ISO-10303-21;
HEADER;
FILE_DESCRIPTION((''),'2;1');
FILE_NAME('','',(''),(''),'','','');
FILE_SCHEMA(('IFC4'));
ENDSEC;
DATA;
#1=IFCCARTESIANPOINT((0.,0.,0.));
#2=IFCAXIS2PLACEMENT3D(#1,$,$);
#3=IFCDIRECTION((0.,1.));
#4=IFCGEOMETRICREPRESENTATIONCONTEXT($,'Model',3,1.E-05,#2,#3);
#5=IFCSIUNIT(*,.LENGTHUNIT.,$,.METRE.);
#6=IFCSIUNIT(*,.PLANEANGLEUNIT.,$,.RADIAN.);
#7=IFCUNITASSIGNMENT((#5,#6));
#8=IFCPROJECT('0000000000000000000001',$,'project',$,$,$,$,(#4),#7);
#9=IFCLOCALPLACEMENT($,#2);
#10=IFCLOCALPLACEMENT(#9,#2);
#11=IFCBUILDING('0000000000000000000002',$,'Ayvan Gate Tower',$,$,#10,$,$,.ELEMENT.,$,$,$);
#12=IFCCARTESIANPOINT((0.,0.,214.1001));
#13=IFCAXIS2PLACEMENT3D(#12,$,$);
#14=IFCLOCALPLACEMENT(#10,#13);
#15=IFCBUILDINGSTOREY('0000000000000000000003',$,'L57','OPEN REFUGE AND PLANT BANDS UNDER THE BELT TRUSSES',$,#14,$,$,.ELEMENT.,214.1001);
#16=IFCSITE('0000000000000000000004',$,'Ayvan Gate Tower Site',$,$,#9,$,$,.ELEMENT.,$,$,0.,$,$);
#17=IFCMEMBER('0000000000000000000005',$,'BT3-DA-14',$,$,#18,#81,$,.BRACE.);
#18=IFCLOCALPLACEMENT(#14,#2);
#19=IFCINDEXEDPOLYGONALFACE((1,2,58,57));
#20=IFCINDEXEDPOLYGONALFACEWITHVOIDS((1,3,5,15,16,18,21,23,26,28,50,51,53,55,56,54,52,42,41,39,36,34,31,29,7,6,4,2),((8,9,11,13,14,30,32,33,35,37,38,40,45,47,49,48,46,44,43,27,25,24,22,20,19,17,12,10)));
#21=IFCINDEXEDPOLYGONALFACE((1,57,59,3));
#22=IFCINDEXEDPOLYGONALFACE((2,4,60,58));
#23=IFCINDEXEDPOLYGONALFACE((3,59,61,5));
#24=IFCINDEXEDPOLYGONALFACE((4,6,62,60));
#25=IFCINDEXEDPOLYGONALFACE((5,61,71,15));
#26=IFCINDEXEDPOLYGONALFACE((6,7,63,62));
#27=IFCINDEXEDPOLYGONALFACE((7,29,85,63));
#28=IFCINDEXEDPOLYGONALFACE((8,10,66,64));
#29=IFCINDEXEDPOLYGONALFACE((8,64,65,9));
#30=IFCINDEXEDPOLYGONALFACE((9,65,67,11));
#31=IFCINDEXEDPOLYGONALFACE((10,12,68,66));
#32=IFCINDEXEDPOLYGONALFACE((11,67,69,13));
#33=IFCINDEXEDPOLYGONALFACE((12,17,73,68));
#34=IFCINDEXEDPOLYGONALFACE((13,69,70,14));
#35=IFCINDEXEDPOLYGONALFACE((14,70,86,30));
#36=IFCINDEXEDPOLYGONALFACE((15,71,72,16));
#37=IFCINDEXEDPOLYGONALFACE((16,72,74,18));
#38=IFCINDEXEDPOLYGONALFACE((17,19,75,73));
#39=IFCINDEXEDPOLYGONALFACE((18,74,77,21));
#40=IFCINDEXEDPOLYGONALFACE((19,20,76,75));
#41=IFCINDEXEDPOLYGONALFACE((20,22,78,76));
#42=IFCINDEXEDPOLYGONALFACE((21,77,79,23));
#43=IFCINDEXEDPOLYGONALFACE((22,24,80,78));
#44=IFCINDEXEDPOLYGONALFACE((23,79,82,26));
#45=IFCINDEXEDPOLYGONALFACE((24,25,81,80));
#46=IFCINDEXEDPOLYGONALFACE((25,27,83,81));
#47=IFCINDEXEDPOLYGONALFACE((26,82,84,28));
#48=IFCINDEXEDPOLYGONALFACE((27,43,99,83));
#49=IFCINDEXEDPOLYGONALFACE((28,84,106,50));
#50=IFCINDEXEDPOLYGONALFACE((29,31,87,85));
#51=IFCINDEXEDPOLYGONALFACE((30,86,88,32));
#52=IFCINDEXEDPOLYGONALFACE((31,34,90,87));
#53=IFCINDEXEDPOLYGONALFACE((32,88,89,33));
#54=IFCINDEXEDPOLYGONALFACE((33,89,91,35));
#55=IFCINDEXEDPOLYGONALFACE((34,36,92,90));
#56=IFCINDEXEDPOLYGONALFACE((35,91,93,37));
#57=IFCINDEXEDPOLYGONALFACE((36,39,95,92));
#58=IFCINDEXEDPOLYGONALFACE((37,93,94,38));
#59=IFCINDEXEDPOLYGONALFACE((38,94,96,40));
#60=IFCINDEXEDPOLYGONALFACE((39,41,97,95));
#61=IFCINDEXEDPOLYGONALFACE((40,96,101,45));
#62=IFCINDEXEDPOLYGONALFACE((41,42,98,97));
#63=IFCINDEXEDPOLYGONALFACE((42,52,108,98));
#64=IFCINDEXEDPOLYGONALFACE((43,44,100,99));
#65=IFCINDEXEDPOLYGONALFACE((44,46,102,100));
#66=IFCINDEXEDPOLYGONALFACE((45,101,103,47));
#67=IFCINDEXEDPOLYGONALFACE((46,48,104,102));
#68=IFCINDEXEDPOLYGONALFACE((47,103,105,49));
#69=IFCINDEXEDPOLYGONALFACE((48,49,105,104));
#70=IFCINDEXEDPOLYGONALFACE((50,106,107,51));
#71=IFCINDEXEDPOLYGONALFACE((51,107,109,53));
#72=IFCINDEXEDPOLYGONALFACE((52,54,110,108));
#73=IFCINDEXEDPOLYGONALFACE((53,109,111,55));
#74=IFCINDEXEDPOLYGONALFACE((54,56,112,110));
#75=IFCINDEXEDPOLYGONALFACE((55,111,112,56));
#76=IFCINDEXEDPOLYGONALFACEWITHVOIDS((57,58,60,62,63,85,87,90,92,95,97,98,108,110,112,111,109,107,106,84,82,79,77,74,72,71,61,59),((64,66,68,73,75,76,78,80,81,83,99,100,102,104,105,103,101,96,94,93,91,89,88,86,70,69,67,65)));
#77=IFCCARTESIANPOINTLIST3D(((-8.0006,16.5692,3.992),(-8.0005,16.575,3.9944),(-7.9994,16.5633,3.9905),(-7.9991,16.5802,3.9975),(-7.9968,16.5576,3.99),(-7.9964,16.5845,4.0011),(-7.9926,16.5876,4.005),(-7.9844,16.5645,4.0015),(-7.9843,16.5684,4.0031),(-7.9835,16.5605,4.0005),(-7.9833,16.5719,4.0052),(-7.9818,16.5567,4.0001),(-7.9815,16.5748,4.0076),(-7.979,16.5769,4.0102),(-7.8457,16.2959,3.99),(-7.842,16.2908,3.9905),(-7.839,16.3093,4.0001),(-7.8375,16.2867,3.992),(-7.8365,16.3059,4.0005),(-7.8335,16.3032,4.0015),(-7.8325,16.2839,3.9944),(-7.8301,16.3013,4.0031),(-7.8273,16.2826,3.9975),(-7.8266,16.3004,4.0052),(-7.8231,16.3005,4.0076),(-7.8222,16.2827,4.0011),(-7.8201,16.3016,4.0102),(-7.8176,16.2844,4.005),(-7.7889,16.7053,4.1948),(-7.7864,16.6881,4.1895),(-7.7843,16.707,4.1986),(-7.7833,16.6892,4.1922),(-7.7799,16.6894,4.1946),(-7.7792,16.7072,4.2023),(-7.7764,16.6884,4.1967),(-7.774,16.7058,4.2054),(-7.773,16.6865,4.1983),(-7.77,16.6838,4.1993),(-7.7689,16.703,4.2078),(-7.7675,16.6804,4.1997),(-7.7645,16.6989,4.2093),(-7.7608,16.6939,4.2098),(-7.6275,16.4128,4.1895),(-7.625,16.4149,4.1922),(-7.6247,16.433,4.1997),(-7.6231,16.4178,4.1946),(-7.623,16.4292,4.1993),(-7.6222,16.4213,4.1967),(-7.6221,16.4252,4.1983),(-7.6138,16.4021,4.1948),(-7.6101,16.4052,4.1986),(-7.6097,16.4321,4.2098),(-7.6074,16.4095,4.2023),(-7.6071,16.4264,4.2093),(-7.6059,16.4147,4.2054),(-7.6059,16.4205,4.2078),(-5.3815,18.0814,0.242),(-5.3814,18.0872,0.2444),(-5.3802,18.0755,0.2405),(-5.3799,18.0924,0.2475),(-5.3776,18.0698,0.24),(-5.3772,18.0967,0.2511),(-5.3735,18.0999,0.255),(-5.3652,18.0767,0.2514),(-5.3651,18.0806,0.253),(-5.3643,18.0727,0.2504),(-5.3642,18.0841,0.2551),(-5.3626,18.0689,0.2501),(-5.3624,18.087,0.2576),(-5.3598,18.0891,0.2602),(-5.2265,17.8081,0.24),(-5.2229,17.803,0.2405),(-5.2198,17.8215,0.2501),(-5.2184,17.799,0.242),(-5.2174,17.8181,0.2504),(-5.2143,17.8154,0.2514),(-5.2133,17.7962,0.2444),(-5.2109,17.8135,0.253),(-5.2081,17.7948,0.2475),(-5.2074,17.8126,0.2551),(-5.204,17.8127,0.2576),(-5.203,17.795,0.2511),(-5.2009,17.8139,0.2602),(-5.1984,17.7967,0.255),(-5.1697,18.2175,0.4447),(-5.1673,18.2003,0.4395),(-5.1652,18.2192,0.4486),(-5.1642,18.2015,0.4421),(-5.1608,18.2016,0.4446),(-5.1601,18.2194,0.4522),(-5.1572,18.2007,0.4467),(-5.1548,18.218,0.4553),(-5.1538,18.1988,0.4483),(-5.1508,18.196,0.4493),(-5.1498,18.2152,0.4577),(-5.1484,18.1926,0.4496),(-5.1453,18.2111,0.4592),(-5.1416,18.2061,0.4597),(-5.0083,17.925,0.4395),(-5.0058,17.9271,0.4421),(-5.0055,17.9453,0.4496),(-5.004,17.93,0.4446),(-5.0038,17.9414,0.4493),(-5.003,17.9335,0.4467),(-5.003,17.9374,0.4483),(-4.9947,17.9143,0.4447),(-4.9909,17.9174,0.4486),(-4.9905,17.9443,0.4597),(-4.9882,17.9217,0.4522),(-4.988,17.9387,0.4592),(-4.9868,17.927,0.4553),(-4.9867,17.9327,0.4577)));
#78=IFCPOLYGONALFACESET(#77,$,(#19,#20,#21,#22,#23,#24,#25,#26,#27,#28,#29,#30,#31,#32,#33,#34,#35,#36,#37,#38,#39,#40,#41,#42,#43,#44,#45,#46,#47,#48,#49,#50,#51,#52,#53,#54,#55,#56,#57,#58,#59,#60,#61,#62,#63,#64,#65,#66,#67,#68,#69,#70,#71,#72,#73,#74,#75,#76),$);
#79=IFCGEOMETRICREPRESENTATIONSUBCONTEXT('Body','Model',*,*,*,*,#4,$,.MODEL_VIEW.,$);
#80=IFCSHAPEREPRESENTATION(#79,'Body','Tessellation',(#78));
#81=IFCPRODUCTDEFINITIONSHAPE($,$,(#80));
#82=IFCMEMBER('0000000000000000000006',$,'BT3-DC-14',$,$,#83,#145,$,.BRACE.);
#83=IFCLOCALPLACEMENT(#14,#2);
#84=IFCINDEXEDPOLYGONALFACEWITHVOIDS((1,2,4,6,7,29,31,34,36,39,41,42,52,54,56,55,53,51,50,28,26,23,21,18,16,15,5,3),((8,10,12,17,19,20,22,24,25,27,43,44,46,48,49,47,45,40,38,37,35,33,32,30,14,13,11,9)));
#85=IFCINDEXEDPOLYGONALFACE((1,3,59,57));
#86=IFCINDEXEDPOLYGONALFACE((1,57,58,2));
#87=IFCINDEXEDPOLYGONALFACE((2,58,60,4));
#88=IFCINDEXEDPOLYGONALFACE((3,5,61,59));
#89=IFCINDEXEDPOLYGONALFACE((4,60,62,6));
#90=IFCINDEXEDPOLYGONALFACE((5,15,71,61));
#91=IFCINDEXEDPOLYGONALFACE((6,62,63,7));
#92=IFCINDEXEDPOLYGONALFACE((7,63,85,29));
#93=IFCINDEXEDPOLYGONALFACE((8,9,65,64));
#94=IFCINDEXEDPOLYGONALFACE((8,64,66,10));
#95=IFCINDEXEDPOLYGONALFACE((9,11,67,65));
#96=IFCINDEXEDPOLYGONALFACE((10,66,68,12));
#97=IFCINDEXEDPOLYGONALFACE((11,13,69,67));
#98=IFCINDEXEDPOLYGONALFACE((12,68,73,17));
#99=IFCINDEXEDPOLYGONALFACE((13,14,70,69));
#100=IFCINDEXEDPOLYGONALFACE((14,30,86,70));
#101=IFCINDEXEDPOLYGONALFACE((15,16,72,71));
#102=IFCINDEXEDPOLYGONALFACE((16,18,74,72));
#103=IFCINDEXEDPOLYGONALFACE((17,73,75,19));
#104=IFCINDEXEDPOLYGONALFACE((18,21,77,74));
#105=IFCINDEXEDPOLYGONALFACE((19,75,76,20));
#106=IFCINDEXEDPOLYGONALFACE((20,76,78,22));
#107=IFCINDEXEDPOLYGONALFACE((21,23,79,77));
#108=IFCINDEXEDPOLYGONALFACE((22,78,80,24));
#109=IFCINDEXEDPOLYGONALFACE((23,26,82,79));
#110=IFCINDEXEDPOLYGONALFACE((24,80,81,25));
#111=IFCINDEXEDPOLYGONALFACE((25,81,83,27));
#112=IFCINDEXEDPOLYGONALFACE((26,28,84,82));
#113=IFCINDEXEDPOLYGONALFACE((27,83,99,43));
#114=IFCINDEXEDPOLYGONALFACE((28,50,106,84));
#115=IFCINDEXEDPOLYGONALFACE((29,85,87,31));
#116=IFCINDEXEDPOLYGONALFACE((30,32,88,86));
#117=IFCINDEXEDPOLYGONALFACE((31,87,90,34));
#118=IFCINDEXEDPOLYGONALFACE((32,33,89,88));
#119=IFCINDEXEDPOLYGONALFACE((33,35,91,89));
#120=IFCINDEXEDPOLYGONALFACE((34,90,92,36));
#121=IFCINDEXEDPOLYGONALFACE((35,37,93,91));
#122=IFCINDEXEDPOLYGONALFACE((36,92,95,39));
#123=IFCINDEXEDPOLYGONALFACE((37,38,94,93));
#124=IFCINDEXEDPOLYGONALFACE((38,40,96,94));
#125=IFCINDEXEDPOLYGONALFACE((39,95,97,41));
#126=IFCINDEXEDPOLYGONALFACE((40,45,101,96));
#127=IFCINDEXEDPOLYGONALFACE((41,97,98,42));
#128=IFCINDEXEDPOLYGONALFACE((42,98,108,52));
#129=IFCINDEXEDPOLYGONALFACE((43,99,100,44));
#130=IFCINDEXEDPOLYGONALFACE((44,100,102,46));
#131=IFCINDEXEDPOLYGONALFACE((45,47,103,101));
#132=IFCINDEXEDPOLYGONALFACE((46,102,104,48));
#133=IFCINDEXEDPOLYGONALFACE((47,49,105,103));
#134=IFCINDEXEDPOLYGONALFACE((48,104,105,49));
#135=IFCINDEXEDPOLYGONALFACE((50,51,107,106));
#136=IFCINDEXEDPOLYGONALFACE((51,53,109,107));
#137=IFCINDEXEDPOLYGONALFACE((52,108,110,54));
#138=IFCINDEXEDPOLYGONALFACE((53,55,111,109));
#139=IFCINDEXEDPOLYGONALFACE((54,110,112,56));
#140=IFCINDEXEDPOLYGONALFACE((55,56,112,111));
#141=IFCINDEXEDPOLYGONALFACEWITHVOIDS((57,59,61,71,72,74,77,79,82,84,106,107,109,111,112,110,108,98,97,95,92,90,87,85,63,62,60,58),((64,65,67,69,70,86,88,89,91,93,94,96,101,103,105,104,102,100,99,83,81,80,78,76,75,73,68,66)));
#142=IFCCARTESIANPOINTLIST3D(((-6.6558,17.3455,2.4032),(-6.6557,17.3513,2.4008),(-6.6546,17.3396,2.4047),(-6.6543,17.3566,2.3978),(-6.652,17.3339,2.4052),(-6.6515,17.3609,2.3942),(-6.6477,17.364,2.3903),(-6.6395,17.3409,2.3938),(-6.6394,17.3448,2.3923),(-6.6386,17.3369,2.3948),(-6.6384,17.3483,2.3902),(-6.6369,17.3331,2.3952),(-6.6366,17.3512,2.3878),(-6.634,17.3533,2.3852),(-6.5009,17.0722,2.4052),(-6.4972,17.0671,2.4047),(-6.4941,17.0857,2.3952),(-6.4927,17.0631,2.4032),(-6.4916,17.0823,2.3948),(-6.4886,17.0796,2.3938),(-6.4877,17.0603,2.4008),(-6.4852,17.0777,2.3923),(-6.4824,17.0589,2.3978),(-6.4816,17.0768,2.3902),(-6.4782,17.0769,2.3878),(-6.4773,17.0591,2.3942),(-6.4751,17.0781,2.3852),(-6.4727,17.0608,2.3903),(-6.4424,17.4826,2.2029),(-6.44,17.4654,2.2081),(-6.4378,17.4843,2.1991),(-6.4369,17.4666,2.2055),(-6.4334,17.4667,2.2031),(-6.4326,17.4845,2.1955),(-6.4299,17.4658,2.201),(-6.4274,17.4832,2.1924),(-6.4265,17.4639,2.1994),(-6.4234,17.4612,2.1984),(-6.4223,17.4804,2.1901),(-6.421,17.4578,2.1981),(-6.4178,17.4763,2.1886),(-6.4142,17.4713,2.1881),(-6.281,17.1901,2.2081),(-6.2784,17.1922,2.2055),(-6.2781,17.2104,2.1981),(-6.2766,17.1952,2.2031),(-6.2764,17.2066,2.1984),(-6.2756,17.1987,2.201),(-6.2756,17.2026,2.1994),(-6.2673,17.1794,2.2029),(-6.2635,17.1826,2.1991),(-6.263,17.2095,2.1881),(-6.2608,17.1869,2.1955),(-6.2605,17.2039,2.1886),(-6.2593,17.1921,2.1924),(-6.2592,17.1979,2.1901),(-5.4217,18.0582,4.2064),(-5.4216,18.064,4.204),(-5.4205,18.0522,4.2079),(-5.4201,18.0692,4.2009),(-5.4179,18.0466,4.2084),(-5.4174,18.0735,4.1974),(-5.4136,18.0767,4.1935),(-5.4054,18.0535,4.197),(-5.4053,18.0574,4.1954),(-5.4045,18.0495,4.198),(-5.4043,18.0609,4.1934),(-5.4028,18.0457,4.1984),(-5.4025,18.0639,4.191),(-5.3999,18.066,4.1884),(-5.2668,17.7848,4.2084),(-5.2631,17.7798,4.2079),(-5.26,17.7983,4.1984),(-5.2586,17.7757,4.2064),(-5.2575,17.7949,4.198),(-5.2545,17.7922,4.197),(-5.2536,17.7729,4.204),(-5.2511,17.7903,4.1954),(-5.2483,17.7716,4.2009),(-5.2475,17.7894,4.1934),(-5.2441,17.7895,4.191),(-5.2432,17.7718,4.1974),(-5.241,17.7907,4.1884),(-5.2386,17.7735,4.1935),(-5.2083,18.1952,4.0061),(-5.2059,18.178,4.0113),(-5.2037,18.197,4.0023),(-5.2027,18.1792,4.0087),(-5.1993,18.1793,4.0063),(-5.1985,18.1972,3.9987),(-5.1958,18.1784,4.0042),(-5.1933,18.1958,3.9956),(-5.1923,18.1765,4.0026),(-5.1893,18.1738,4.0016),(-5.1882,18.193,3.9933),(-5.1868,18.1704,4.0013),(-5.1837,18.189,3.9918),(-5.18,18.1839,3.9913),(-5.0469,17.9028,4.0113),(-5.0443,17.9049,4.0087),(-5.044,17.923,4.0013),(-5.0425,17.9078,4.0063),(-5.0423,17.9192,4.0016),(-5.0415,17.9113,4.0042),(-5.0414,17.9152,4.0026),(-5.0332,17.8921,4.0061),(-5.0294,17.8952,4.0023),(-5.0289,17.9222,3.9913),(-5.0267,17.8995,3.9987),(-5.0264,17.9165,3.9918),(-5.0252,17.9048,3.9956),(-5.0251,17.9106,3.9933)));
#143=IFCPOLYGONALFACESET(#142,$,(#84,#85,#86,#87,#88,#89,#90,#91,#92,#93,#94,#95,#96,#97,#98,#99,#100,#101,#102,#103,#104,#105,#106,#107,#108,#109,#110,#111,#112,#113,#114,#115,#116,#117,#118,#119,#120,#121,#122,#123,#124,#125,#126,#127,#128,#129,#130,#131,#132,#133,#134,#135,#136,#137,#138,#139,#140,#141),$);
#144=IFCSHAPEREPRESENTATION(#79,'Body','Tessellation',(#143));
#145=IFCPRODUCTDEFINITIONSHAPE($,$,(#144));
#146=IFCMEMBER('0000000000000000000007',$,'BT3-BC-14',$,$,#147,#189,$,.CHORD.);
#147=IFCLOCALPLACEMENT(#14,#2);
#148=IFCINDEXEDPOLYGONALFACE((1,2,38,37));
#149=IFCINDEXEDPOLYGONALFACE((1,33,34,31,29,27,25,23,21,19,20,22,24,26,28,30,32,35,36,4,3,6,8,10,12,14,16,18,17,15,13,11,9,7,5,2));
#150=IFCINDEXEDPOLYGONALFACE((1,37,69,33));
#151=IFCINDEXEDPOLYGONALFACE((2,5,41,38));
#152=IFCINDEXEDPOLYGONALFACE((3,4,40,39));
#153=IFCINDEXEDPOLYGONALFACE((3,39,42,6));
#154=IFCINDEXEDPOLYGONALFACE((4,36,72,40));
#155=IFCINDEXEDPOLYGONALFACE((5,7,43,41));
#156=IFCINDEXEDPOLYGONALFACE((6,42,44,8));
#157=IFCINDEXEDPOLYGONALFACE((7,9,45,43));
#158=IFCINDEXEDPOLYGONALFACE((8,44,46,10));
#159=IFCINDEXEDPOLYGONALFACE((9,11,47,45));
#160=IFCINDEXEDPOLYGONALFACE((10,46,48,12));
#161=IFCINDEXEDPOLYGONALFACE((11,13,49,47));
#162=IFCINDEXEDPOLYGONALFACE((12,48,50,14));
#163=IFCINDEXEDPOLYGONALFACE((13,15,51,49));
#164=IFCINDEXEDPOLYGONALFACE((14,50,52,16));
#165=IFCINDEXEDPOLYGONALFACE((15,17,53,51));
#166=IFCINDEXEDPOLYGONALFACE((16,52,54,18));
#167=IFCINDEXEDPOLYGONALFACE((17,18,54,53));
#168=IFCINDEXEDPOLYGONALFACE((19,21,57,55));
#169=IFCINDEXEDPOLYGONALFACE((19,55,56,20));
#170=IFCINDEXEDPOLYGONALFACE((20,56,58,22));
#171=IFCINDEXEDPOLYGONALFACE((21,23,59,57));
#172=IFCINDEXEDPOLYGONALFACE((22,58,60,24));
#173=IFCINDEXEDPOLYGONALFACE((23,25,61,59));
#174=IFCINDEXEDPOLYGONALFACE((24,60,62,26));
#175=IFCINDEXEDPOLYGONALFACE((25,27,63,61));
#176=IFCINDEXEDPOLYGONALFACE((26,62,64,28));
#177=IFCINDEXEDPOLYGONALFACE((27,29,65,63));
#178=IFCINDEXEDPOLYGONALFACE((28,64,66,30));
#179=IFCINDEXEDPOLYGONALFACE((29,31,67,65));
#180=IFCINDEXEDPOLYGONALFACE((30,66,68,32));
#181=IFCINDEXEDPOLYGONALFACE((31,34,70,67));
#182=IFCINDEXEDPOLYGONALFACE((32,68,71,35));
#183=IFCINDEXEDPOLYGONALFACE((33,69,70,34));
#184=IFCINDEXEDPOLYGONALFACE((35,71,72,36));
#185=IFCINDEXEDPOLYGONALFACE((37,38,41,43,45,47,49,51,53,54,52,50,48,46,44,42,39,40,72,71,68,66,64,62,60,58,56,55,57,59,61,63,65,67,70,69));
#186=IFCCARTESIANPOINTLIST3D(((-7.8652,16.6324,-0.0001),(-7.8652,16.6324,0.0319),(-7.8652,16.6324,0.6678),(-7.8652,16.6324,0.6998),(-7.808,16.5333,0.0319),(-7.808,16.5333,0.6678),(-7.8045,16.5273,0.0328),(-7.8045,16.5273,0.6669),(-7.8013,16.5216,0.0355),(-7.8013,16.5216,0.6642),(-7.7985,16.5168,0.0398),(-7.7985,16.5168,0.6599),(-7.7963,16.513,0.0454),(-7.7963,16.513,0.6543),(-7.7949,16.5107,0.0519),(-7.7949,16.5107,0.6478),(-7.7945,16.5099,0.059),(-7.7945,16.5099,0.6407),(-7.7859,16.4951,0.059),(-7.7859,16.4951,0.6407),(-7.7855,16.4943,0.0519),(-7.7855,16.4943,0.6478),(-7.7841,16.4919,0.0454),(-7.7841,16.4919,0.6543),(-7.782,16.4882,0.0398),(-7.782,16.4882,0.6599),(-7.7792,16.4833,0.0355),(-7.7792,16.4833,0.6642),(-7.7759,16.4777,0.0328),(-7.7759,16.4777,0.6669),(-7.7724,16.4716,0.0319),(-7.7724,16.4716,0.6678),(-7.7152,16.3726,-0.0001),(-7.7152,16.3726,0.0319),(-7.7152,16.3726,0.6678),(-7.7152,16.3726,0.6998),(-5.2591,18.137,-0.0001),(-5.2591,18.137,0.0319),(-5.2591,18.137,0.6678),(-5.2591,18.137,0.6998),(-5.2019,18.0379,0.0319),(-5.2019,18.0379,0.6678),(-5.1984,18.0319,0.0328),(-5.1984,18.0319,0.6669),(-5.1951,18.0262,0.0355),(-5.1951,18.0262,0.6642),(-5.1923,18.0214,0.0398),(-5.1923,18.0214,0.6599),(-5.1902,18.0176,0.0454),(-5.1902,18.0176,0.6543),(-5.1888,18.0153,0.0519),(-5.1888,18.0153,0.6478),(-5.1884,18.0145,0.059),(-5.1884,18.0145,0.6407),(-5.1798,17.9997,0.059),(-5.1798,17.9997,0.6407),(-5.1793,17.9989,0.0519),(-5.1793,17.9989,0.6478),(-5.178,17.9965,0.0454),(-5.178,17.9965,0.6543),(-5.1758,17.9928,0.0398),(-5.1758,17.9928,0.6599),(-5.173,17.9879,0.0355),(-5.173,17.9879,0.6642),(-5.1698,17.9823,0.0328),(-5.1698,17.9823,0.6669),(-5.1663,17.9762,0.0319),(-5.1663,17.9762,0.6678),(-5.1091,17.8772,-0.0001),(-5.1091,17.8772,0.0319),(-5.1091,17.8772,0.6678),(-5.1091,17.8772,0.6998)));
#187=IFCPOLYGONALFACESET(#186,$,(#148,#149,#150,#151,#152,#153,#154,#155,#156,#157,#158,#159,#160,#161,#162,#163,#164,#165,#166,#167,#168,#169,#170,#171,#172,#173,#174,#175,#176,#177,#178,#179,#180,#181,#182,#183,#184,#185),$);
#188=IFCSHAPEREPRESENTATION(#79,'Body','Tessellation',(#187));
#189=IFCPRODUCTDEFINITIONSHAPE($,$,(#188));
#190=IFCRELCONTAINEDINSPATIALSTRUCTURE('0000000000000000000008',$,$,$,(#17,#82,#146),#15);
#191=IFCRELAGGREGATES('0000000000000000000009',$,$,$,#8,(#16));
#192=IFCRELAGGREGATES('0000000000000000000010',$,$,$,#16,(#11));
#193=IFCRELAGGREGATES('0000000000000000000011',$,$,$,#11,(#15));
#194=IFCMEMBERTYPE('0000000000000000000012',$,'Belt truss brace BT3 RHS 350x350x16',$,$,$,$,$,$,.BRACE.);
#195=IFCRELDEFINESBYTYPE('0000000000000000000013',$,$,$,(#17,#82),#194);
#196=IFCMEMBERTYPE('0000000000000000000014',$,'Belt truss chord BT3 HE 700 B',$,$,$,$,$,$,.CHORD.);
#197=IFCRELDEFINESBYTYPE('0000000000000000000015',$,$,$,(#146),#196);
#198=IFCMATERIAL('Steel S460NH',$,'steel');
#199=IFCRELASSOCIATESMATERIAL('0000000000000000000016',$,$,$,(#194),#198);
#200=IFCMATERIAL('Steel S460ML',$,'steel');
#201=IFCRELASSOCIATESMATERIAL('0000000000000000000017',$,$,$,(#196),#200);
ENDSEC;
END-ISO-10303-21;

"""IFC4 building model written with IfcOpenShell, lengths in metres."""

from ifc_helpers import new_model, si_unit, direction, frame, origin, origin_2d, place, context, subcontext, project, spatial, hollow_rectangle, i_section, extrude, material, material_profile, profile_set, type_object, element, save


model = new_model("IFC4")

# Units and contexts
model_context = context("Model", 3, precision=1e-05, world=origin(), true_north=direction((0.0, 1.0)))
body_context = subcontext(model_context, "Body", "Model", "MODEL_VIEW")
ifc_project = project(units=[si_unit("LENGTHUNIT", "METRE"), si_unit("PLANEANGLEUNIT", "RADIAN")], contexts=[model_context])

# Site, building, storey
site_placement = place(None, origin())
site = spatial("IfcSite", under=ifc_project, at=site_placement, Name="Ayvan Gate Tower Site", CompositionType="ELEMENT", RefElevation=0.0)
building_placement = place(site_placement, origin())
building = spatial("IfcBuilding", under=site, at=building_placement, Name="Ayvan Gate Tower", CompositionType="ELEMENT")
storey_placement = place(building_placement, frame((0.0, 0.0, 214.1001)))
storey = spatial("IfcBuildingStorey", under=building, at=storey_placement, Name="L57", Description="OPEN REFUGE AND PLANT BANDS UNDER THE BELT TRUSSES", CompositionType="ELEMENT", Elevation=214.1001)

# Members
ifc_material_1 = material(Name="Steel S460NH", Category="steel")
ifc_material_profile_1 = material_profile(ifc_material_1, hollow_rectangle(XDim=0.3501, YDim=0.3501, WallThickness=0.0161, InnerFilletRadius=0.0161, OuterFilletRadius=0.0239, at=origin_2d()), Name="RHS 350x350x16")
ifc_profile_set_1 = profile_set([ifc_material_profile_1], Name="Steel S460NH")
member_type_1 = type_object("IfcMemberType", Name="Belt truss brace BT3 RHS 350x350x16", PredefinedType="BRACE", material=ifc_profile_set_1)
member_1_placement = place(storey_placement, frame((-5.1841, 18.0071, 0.3499), z_axis=(-0.543662, -0.313893, 0.778398), x_axis=(0.500011, -0.866019, 0.0)))
element("IfcMember", 1, at=member_1_placement, inside=storey, type_object=member_type_1, Name="BT3-DA-14", PredefinedType="BRACE", context=body_context, shape_type="SweptSolid", body=[
    extrude(hollow_rectangle(XDim=0.3501, YDim=0.3501, WallThickness=0.0161, InnerFilletRadius=0.0161, OuterFilletRadius=0.0239, at=origin_2d()), origin(), (0.0, 0.0, 1.0), 4.8176),
])
member_2_placement = place(storey_placement, frame((-6.4575, 17.2717, 2.2966), z_axis=(0.536957, 0.310065, 0.784562), x_axis=(-0.500064, 0.865989, 0.0)))
element("IfcMember", 2, at=member_2_placement, inside=storey, type_object=member_type_1, Name="BT3-DC-14", PredefinedType="BRACE", context=body_context, shape_type="SweptSolid", body=[
    extrude(hollow_rectangle(XDim=0.3501, YDim=0.3501, WallThickness=0.0161, InnerFilletRadius=0.0161, OuterFilletRadius=0.0239, at=origin_2d()), origin(), (0.0, 0.0, 1.0), 2.2983),
])
ifc_material_2 = material(Name="Steel S460ML", Category="steel")
ifc_material_profile_2 = material_profile(ifc_material_2, i_section(OverallWidth=0.3, OverallDepth=0.7, WebThickness=0.0171, FlangeThickness=0.032, FilletRadius=0.0271, at=origin_2d()), Name="HE 700 B")
ifc_profile_set_2 = profile_set([ifc_material_profile_2], Name="Steel S460ML")
member_type_2 = type_object("IfcMemberType", Name="Belt truss chord BT3 HE 700 B", PredefinedType="CHORD", material=ifc_profile_set_2)
member_3_placement = place(storey_placement, frame((-5.1841, 18.0071, 0.3499), z_axis=(-0.866033, -0.499987, 0.0), x_axis=(0.499987, -0.866033, 0.0)))
element("IfcMember", 3, at=member_3_placement, inside=storey, type_object=member_type_2, Name="BT3-BC-14", PredefinedType="CHORD", context=body_context, shape_type="SweptSolid", body=[
    extrude(i_section(OverallWidth=0.3, OverallDepth=0.7, WebThickness=0.0171, FlangeThickness=0.032, FilletRadius=0.0271, at=origin_2d()), origin(), (0.0, 0.0, 1.0), 3.0093),
])

save(model, "model.ifc")
